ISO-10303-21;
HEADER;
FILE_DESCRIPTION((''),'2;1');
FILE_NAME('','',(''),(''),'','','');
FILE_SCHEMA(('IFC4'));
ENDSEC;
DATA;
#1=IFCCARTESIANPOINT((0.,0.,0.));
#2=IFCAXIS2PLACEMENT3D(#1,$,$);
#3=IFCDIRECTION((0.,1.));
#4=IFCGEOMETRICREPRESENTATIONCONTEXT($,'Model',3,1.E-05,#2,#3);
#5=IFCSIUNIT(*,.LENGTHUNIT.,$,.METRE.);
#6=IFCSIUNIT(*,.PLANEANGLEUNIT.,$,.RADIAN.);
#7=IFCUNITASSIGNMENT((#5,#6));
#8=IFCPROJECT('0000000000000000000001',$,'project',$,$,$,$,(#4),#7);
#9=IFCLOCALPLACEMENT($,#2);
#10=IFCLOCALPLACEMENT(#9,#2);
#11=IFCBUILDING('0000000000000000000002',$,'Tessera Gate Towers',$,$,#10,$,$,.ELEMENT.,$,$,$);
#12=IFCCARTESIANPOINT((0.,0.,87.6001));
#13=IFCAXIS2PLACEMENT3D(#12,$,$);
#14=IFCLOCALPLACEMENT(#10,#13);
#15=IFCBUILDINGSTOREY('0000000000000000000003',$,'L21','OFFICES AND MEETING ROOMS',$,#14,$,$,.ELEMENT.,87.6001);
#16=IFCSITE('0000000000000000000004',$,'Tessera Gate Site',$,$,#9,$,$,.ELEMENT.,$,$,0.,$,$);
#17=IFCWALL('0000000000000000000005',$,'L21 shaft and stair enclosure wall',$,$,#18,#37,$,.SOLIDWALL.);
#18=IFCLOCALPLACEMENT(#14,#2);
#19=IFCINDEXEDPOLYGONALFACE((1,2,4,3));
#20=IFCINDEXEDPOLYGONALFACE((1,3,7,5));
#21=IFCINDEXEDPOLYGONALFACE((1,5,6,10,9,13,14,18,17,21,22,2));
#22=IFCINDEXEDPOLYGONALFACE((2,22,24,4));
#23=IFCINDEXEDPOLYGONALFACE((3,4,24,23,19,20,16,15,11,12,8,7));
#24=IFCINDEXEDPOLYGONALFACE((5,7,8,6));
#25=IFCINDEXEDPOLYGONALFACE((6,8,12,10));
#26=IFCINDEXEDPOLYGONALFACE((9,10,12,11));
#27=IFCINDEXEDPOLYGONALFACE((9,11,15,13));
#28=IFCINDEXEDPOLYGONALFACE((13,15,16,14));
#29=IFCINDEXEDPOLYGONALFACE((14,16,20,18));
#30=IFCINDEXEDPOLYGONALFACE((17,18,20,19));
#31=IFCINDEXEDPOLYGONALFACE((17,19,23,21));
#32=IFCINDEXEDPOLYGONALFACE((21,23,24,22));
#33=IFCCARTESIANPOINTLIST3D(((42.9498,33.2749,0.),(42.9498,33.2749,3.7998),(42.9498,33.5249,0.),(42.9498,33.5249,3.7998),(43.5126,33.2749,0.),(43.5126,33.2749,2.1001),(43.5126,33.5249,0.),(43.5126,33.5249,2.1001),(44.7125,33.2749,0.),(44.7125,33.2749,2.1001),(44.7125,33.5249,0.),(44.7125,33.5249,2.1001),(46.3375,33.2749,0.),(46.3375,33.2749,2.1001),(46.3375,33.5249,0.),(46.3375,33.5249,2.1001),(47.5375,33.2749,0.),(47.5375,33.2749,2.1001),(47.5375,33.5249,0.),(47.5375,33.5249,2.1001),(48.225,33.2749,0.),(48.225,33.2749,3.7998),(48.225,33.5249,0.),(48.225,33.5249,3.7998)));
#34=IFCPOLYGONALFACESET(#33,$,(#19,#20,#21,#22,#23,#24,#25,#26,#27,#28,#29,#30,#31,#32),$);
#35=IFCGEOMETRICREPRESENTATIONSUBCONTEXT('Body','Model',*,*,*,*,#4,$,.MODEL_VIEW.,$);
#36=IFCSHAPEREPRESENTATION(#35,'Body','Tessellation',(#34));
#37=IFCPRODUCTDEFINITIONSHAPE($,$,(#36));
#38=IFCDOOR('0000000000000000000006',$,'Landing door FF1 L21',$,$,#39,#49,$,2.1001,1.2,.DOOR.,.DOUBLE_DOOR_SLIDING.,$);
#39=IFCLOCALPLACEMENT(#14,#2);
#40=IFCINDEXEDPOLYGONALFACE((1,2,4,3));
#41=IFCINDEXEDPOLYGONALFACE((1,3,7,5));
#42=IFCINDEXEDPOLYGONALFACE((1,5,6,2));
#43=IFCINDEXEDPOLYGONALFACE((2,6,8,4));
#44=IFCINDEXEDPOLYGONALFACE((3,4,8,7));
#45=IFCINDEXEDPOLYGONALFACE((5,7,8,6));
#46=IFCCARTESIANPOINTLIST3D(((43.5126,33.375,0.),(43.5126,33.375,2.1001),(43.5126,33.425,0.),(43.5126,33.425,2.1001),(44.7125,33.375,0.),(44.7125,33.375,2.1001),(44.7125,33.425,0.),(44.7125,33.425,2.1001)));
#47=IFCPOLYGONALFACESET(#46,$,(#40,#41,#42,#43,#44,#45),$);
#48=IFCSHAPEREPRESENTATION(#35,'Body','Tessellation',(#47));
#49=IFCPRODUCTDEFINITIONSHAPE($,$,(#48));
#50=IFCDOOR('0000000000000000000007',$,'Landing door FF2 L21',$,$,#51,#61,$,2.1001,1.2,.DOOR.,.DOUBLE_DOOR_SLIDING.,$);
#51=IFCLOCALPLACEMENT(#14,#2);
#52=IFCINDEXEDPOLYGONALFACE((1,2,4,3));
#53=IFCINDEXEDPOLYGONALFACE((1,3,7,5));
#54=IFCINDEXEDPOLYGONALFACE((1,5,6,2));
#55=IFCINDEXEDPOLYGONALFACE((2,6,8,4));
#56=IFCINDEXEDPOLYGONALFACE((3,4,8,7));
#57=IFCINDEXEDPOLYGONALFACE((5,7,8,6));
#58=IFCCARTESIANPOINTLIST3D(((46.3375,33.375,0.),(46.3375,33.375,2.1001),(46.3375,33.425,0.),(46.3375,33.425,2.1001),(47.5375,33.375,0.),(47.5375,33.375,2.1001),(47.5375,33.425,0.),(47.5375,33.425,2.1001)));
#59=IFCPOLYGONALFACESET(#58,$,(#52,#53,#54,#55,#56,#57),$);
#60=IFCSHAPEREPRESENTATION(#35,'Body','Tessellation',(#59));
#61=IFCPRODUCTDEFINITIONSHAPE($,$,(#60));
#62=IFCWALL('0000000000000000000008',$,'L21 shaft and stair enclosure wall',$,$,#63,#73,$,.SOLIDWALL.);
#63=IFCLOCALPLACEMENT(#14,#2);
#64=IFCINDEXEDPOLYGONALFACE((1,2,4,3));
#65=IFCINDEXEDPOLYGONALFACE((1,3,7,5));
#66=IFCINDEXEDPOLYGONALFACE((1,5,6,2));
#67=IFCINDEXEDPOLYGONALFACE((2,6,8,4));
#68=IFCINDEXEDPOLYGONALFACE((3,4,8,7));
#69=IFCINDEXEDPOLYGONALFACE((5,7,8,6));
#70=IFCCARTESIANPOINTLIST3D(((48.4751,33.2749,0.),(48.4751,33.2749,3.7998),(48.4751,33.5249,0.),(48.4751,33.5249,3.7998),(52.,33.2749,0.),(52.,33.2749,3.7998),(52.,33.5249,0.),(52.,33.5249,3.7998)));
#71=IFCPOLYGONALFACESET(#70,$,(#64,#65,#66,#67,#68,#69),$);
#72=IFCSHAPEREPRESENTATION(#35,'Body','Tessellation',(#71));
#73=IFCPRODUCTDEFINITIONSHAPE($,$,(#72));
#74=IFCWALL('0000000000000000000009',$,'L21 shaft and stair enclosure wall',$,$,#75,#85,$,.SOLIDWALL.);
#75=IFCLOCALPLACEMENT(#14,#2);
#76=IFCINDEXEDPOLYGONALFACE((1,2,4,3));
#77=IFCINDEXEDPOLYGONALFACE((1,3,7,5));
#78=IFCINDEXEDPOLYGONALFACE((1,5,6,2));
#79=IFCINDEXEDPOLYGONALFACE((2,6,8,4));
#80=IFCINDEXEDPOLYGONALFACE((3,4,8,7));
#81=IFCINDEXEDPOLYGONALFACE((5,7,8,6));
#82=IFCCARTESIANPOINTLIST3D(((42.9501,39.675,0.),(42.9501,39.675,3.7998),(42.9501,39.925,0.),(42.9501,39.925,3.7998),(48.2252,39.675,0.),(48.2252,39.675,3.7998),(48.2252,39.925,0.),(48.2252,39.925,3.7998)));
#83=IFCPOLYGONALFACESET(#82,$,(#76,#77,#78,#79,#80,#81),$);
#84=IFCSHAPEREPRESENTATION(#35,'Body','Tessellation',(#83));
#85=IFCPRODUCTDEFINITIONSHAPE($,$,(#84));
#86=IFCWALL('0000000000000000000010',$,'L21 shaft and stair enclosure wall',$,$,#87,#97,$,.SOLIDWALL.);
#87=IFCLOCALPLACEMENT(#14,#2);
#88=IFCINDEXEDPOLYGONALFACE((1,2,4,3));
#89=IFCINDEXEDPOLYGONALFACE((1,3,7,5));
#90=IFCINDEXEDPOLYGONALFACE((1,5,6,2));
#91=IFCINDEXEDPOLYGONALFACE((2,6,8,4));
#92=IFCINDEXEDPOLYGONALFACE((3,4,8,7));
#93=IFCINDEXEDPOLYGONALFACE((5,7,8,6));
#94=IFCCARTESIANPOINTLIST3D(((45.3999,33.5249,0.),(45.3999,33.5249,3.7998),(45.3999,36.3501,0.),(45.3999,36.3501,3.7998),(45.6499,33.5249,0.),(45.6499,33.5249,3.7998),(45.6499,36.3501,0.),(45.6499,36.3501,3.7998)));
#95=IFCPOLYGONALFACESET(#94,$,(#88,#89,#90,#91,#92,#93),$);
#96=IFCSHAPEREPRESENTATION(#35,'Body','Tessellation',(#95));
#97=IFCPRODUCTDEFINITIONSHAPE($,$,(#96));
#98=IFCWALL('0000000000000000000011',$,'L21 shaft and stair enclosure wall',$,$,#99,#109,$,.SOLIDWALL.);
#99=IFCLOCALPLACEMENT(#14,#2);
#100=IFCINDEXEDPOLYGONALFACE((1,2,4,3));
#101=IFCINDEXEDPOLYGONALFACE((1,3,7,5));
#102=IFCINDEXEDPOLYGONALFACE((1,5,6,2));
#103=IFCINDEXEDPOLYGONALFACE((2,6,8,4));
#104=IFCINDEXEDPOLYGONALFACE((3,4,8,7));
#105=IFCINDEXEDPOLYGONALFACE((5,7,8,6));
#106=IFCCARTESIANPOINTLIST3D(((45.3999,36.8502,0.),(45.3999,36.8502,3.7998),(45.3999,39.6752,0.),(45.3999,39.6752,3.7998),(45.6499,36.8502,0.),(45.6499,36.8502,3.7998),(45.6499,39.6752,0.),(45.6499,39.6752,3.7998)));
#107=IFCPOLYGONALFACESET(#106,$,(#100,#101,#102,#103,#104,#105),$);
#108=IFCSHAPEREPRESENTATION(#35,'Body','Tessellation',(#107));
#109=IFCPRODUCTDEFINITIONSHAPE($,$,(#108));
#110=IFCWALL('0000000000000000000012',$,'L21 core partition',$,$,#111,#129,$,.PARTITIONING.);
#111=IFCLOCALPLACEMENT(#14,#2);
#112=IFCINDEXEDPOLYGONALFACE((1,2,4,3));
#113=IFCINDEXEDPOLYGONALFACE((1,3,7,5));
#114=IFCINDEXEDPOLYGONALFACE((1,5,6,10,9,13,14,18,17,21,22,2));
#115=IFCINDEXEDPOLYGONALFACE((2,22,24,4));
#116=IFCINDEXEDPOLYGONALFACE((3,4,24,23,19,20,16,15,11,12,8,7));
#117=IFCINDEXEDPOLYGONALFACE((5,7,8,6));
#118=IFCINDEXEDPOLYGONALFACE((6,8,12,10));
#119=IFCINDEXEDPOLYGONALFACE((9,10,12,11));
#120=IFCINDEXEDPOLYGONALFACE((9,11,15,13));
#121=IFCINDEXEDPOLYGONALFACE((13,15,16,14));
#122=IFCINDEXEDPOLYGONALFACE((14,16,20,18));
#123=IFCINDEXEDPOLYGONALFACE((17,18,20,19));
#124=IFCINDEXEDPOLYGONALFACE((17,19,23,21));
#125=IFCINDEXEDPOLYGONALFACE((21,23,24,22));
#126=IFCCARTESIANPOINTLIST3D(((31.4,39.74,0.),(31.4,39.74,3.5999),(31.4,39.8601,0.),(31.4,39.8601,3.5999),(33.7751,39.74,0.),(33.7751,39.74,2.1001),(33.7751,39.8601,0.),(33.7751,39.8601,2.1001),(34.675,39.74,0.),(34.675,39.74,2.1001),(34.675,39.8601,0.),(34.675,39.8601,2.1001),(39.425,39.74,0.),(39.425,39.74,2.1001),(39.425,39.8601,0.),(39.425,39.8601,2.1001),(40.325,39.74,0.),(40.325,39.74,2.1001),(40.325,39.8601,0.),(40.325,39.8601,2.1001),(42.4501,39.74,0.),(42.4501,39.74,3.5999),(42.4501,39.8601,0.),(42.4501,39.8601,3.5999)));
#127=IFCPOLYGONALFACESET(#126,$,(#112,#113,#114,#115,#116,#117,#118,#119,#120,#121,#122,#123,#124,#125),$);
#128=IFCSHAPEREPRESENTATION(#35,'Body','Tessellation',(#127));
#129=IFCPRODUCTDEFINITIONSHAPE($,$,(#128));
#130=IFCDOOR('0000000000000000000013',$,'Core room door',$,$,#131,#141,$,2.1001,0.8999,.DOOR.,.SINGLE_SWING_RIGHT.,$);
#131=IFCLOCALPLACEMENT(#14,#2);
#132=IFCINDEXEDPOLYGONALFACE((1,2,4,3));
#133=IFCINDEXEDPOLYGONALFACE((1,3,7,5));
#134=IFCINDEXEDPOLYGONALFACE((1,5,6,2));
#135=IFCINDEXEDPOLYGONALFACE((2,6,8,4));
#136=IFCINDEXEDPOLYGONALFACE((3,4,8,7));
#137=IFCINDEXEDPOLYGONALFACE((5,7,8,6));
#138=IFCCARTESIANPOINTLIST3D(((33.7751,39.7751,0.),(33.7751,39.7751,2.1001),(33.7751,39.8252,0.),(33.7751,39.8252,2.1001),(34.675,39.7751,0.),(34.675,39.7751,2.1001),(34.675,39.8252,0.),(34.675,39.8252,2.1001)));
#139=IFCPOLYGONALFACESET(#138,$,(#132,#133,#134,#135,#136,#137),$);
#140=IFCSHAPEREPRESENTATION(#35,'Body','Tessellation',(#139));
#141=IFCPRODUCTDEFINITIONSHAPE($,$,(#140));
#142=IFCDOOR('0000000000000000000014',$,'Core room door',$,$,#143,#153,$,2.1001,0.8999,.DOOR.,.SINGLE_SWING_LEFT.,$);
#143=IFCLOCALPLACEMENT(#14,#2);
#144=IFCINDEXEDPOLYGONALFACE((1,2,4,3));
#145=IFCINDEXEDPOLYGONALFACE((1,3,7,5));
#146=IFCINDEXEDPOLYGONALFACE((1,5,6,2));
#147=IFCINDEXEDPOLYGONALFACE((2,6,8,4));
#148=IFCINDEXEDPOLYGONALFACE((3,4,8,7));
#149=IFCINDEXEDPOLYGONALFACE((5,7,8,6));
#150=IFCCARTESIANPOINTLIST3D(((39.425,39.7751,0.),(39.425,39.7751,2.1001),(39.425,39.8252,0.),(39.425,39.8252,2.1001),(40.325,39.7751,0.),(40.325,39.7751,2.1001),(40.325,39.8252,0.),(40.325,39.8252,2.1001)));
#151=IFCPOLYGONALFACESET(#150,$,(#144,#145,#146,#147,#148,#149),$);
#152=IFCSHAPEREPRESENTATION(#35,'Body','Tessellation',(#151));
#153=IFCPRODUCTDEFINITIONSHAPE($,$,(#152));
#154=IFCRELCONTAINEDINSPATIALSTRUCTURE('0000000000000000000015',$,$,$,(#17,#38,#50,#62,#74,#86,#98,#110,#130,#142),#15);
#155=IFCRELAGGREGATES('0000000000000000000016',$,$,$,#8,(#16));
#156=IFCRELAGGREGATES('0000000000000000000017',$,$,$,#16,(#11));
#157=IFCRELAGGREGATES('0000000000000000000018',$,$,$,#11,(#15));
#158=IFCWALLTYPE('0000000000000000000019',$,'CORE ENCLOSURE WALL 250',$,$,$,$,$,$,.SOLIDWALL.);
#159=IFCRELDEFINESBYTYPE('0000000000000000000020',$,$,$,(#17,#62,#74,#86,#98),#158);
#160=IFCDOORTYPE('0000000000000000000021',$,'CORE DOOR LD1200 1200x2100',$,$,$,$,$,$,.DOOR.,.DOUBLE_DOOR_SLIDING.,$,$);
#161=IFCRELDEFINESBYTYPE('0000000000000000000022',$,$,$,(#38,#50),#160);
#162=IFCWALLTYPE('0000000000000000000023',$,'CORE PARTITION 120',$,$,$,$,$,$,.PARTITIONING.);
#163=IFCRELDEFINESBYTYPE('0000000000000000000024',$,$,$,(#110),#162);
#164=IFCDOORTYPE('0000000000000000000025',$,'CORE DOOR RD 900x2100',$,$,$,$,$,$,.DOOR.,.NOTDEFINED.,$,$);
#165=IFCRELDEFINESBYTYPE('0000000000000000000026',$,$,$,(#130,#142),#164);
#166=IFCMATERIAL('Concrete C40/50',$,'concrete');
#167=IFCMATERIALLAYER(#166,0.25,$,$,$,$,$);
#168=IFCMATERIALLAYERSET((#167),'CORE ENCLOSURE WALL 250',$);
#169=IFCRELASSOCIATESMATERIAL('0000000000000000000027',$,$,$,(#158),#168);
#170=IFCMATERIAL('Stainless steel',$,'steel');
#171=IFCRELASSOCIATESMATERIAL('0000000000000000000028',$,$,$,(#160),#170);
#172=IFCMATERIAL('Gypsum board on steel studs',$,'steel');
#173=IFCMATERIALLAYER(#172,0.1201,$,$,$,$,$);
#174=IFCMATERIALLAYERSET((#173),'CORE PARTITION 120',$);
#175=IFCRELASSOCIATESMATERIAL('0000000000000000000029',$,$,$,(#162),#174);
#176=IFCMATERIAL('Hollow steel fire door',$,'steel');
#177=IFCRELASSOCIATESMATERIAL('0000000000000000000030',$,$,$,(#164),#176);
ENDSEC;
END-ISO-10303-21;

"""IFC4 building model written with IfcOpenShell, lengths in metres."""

from ifc_helpers import new_model, si_unit, direction, frame, frame_2d, origin, place, context, subcontext, project, spatial, rectangle, extrude, source, transform, mapped, material, layer, layer_set, type_object, element, fill, save


model = new_model("IFC4")

# Units and contexts
model_context = context("Model", 3, precision=1e-05, world=origin(), true_north=direction((0.0, 1.0)))
body_context = subcontext(model_context, "Body", "Model", "MODEL_VIEW")
ifc_project = project(units=[si_unit("LENGTHUNIT", "METRE"), si_unit("PLANEANGLEUNIT", "RADIAN")], contexts=[model_context])

# Site, building, storey
site_placement = place(None, origin())
site = spatial("IfcSite", under=ifc_project, at=site_placement, Name="Tessera Gate Site", CompositionType="ELEMENT", RefElevation=0.0)
building_placement = place(site_placement, origin())
building = spatial("IfcBuilding", under=site, at=building_placement, Name="Tessera Gate Towers", CompositionType="ELEMENT")
storey_placement = place(building_placement, frame((0.0, 0.0, 87.6001)))
storey = spatial("IfcBuildingStorey", under=building, at=storey_placement, Name="L21", Description="OFFICES AND MEETING ROOMS", CompositionType="ELEMENT", Elevation=87.6001)

# Shared definitions
ifc_material_1 = material(Name="Concrete C40/50", Category="concrete")
ifc_layer_1 = layer(ifc_material_1, 0.25)
ifc_layer_set_1 = layer_set([ifc_layer_1], Name="CORE ENCLOSURE WALL 250")
wall_type_1 = type_object("IfcWallType", Name="CORE ENCLOSURE WALL 250", PredefinedType="SOLIDWALL", material=ifc_layer_set_1)
shared_shape_1 = source(origin(), body_context, "Body", "SweptSolid", [
    extrude(rectangle(XDim=1.2, YDim=2.1001, at=frame_2d((0.6001, 1.05))), frame((0.0, 0.135, 0.0), z_axis=(0.0, -1.0, 0.0), x_axis=(1.0, 0.0, 0.0)), (0.0, 0.0, 1.0), 0.27),
])
shared_shape_2 = source(origin(), body_context, "Body", "SweptSolid", [
    extrude(rectangle(XDim=1.2, YDim=2.1001, at=frame_2d((0.6001, 1.05))), frame((0.0, 0.0249, 0.0), z_axis=(0.0, -1.0, 0.0), x_axis=(1.0, 0.0, 0.0)), (0.0, 0.0, 1.0), 0.05),
])

# Wall, openings, doors
wall_1_placement = place(storey_placement, frame((48.2251, 33.3999, 0.0), z_axis=(0.0, 0.0, 1.0), x_axis=(-1.0, 0.0, 0.0)))
wall_1 = element("IfcWall", 1, at=wall_1_placement, inside=storey, type_object=wall_type_1, Name="L21 shaft and stair enclosure wall", PredefinedType="SOLIDWALL", context=body_context, shape_type="SweptSolid", body=[
    extrude(rectangle(XDim=5.2751, YDim=0.25, at=frame_2d((2.6377, 0.0))), origin(), (0.0, 0.0, 1.0), 3.7998),
])
opening_1_placement = place(wall_1_placement, frame((3.5125, 0.0, 0.0)))
opening_1 = element("IfcOpeningElement", 2, at=opening_1_placement, cuts=wall_1, PredefinedType="OPENING", context=body_context, shape_type="MappedRepresentation", body=[
    mapped(shared_shape_1, transform((0.0, 0.0, 0.0), scale=1.0)),
])
opening_2_placement = place(wall_1_placement, frame((0.6875, 0.0, 0.0)))
opening_2 = element("IfcOpeningElement", 3, at=opening_2_placement, cuts=wall_1, PredefinedType="OPENING", context=body_context, shape_type="MappedRepresentation", body=[
    mapped(shared_shape_1, transform((0.0, 0.0, 0.0), scale=1.0)),
])
ifc_material_2 = material(Name="Stainless steel", Category="steel")
door_type_1 = type_object("IfcDoorType", Name="CORE DOOR LD1200 1200x2100", OperationType="DOUBLE_DOOR_SLIDING", PredefinedType="DOOR", material=ifc_material_2)
door_1_placement = place(opening_1_placement, origin())
door_1 = element("IfcDoor", 4, at=door_1_placement, inside=storey, type_object=door_type_1, Name="Landing door FF1 L21", OperationType="DOUBLE_DOOR_SLIDING", OverallHeight=2.1001, OverallWidth=1.2, PredefinedType="DOOR", context=body_context, shape_type="MappedRepresentation", body=[
    mapped(shared_shape_2, transform((0.0, 0.0, 0.0), scale=1.0)),
])
fill(opening_1, door_1)
door_2_placement = place(opening_2_placement, origin())
door_2 = element("IfcDoor", 5, at=door_2_placement, inside=storey, type_object=door_type_1, Name="Landing door FF2 L21", OperationType="DOUBLE_DOOR_SLIDING", OverallHeight=2.1001, OverallWidth=1.2, PredefinedType="DOOR", context=body_context, shape_type="MappedRepresentation", body=[
    mapped(shared_shape_2, transform((0.0, 0.0, 0.0), scale=1.0)),
])
fill(opening_2, door_2)

# Walls
wall_2_placement = place(storey_placement, frame((48.4751, 33.3999, 0.0), z_axis=(0.0, 0.0, 1.0), x_axis=(1.0, 0.0, 0.0)))
element("IfcWall", 6, at=wall_2_placement, inside=storey, type_object=wall_type_1, Name="L21 shaft and stair enclosure wall", PredefinedType="SOLIDWALL", context=body_context, shape_type="SweptSolid", body=[
    extrude(rectangle(XDim=3.5249, YDim=0.25, at=frame_2d((1.7625, 0.0))), origin(), (0.0, 0.0, 1.0), 3.7998),
])
wall_3_placement = place(storey_placement, frame((42.95, 39.8, 0.0), z_axis=(0.0, 0.0, 1.0), x_axis=(1.0, 0.0, 0.0)))
element("IfcWall", 7, at=wall_3_placement, inside=storey, type_object=wall_type_1, Name="L21 shaft and stair enclosure wall", PredefinedType="SOLIDWALL", context=body_context, shape_type="SweptSolid", body=[
    extrude(rectangle(XDim=5.2751, YDim=0.25, at=frame_2d((2.6377, 0.0))), origin(), (0.0, 0.0, 1.0), 3.7998),
])
wall_4_placement = place(storey_placement, frame((45.5249, 33.5249, 0.0), z_axis=(0.0, 0.0, 1.0), x_axis=(0.0, 1.0, 0.0)))
element("IfcWall", 8, at=wall_4_placement, inside=storey, type_object=wall_type_1, Name="L21 shaft and stair enclosure wall", PredefinedType="SOLIDWALL", context=body_context, shape_type="SweptSolid", body=[
    extrude(rectangle(XDim=2.8252, YDim=0.25, at=frame_2d((1.4126, 0.0))), origin(), (0.0, 0.0, 1.0), 3.7998),
])
wall_5_placement = place(storey_placement, frame((45.5249, 36.8501, 0.0), z_axis=(0.0, 0.0, 1.0), x_axis=(0.0, 1.0, 0.0)))
element("IfcWall", 9, at=wall_5_placement, inside=storey, type_object=wall_type_1, Name="L21 shaft and stair enclosure wall", PredefinedType="SOLIDWALL", context=body_context, shape_type="SweptSolid", body=[
    extrude(rectangle(XDim=2.825, YDim=0.25, at=frame_2d((1.4126, 0.0))), origin(), (0.0, 0.0, 1.0), 3.7998),
])

# Wall, openings, doors
ifc_material_3 = material(Name="Gypsum board on steel studs", Category="steel")
ifc_layer_2 = layer(ifc_material_3, 0.1201)
ifc_layer_set_2 = layer_set([ifc_layer_2], Name="CORE PARTITION 120")
wall_type_2 = type_object("IfcWallType", Name="CORE PARTITION 120", PredefinedType="PARTITIONING", material=ifc_layer_set_2)
wall_6_placement = place(storey_placement, frame((42.45, 39.8, 0.0), z_axis=(0.0, 0.0, 1.0), x_axis=(-1.0, 0.0, 0.0)))
wall_6 = element("IfcWall", 10, at=wall_6_placement, inside=storey, type_object=wall_type_2, Name="L21 core partition", PredefinedType="PARTITIONING", context=body_context, shape_type="SweptSolid", body=[
    extrude(rectangle(XDim=11.05, YDim=0.1201, at=frame_2d((5.5249, 0.0))), origin(), (0.0, 0.0, 1.0), 3.5999),
])
shared_shape_3 = source(origin(), body_context, "Body", "SweptSolid", [
    extrude(rectangle(XDim=0.8999, YDim=2.1001, at=frame_2d((0.45, 1.05))), frame((0.0, 0.0701, 0.0), z_axis=(0.0, -1.0, 0.0), x_axis=(1.0, 0.0, 0.0)), (0.0, 0.0, 1.0), 0.1401),
])
opening_3_placement = place(wall_6_placement, frame((7.7749, 0.0, 0.0)))
opening_3 = element("IfcOpeningElement", 11, at=opening_3_placement, cuts=wall_6, PredefinedType="OPENING", context=body_context, shape_type="MappedRepresentation", body=[
    mapped(shared_shape_3, transform((0.0, 0.0, 0.0), scale=1.0)),
])
opening_4_placement = place(wall_6_placement, frame((2.125, 0.0, 0.0)))
opening_4 = element("IfcOpeningElement", 12, at=opening_4_placement, cuts=wall_6, PredefinedType="OPENING", context=body_context, shape_type="MappedRepresentation", body=[
    mapped(shared_shape_3, transform((0.0, 0.0, 0.0), scale=1.0)),
])
ifc_material_4 = material(Name="Hollow steel fire door", Category="steel")
door_type_2 = type_object("IfcDoorType", Name="CORE DOOR RD 900x2100", OperationType="NOTDEFINED", PredefinedType="DOOR", material=ifc_material_4)
shared_shape_4 = source(origin(), body_context, "Body", "SweptSolid", [
    extrude(rectangle(XDim=0.8999, YDim=2.1001, at=frame_2d((0.45, 1.05))), frame((0.0, 0.0249, 0.0), z_axis=(0.0, -1.0, 0.0), x_axis=(1.0, 0.0, 0.0)), (0.0, 0.0, 1.0), 0.05),
])
door_3_placement = place(opening_3_placement, origin())
door_3 = element("IfcDoor", 13, at=door_3_placement, inside=storey, type_object=door_type_2, Name="Core room door", OperationType="SINGLE_SWING_RIGHT", OverallHeight=2.1001, OverallWidth=0.8999, PredefinedType="DOOR", context=body_context, shape_type="MappedRepresentation", body=[
    mapped(shared_shape_4, transform((0.0, 0.0, 0.0), scale=1.0)),
])
fill(opening_3, door_3)
door_4_placement = place(opening_4_placement, origin())
door_4 = element("IfcDoor", 14, at=door_4_placement, inside=storey, type_object=door_type_2, Name="Core room door", OperationType="SINGLE_SWING_LEFT", OverallHeight=2.1001, OverallWidth=0.8999, PredefinedType="DOOR", context=body_context, shape_type="MappedRepresentation", body=[
    mapped(shared_shape_4, transform((0.0, 0.0, 0.0), scale=1.0)),
])
fill(opening_4, door_4)

save(model, "model.ifc")
